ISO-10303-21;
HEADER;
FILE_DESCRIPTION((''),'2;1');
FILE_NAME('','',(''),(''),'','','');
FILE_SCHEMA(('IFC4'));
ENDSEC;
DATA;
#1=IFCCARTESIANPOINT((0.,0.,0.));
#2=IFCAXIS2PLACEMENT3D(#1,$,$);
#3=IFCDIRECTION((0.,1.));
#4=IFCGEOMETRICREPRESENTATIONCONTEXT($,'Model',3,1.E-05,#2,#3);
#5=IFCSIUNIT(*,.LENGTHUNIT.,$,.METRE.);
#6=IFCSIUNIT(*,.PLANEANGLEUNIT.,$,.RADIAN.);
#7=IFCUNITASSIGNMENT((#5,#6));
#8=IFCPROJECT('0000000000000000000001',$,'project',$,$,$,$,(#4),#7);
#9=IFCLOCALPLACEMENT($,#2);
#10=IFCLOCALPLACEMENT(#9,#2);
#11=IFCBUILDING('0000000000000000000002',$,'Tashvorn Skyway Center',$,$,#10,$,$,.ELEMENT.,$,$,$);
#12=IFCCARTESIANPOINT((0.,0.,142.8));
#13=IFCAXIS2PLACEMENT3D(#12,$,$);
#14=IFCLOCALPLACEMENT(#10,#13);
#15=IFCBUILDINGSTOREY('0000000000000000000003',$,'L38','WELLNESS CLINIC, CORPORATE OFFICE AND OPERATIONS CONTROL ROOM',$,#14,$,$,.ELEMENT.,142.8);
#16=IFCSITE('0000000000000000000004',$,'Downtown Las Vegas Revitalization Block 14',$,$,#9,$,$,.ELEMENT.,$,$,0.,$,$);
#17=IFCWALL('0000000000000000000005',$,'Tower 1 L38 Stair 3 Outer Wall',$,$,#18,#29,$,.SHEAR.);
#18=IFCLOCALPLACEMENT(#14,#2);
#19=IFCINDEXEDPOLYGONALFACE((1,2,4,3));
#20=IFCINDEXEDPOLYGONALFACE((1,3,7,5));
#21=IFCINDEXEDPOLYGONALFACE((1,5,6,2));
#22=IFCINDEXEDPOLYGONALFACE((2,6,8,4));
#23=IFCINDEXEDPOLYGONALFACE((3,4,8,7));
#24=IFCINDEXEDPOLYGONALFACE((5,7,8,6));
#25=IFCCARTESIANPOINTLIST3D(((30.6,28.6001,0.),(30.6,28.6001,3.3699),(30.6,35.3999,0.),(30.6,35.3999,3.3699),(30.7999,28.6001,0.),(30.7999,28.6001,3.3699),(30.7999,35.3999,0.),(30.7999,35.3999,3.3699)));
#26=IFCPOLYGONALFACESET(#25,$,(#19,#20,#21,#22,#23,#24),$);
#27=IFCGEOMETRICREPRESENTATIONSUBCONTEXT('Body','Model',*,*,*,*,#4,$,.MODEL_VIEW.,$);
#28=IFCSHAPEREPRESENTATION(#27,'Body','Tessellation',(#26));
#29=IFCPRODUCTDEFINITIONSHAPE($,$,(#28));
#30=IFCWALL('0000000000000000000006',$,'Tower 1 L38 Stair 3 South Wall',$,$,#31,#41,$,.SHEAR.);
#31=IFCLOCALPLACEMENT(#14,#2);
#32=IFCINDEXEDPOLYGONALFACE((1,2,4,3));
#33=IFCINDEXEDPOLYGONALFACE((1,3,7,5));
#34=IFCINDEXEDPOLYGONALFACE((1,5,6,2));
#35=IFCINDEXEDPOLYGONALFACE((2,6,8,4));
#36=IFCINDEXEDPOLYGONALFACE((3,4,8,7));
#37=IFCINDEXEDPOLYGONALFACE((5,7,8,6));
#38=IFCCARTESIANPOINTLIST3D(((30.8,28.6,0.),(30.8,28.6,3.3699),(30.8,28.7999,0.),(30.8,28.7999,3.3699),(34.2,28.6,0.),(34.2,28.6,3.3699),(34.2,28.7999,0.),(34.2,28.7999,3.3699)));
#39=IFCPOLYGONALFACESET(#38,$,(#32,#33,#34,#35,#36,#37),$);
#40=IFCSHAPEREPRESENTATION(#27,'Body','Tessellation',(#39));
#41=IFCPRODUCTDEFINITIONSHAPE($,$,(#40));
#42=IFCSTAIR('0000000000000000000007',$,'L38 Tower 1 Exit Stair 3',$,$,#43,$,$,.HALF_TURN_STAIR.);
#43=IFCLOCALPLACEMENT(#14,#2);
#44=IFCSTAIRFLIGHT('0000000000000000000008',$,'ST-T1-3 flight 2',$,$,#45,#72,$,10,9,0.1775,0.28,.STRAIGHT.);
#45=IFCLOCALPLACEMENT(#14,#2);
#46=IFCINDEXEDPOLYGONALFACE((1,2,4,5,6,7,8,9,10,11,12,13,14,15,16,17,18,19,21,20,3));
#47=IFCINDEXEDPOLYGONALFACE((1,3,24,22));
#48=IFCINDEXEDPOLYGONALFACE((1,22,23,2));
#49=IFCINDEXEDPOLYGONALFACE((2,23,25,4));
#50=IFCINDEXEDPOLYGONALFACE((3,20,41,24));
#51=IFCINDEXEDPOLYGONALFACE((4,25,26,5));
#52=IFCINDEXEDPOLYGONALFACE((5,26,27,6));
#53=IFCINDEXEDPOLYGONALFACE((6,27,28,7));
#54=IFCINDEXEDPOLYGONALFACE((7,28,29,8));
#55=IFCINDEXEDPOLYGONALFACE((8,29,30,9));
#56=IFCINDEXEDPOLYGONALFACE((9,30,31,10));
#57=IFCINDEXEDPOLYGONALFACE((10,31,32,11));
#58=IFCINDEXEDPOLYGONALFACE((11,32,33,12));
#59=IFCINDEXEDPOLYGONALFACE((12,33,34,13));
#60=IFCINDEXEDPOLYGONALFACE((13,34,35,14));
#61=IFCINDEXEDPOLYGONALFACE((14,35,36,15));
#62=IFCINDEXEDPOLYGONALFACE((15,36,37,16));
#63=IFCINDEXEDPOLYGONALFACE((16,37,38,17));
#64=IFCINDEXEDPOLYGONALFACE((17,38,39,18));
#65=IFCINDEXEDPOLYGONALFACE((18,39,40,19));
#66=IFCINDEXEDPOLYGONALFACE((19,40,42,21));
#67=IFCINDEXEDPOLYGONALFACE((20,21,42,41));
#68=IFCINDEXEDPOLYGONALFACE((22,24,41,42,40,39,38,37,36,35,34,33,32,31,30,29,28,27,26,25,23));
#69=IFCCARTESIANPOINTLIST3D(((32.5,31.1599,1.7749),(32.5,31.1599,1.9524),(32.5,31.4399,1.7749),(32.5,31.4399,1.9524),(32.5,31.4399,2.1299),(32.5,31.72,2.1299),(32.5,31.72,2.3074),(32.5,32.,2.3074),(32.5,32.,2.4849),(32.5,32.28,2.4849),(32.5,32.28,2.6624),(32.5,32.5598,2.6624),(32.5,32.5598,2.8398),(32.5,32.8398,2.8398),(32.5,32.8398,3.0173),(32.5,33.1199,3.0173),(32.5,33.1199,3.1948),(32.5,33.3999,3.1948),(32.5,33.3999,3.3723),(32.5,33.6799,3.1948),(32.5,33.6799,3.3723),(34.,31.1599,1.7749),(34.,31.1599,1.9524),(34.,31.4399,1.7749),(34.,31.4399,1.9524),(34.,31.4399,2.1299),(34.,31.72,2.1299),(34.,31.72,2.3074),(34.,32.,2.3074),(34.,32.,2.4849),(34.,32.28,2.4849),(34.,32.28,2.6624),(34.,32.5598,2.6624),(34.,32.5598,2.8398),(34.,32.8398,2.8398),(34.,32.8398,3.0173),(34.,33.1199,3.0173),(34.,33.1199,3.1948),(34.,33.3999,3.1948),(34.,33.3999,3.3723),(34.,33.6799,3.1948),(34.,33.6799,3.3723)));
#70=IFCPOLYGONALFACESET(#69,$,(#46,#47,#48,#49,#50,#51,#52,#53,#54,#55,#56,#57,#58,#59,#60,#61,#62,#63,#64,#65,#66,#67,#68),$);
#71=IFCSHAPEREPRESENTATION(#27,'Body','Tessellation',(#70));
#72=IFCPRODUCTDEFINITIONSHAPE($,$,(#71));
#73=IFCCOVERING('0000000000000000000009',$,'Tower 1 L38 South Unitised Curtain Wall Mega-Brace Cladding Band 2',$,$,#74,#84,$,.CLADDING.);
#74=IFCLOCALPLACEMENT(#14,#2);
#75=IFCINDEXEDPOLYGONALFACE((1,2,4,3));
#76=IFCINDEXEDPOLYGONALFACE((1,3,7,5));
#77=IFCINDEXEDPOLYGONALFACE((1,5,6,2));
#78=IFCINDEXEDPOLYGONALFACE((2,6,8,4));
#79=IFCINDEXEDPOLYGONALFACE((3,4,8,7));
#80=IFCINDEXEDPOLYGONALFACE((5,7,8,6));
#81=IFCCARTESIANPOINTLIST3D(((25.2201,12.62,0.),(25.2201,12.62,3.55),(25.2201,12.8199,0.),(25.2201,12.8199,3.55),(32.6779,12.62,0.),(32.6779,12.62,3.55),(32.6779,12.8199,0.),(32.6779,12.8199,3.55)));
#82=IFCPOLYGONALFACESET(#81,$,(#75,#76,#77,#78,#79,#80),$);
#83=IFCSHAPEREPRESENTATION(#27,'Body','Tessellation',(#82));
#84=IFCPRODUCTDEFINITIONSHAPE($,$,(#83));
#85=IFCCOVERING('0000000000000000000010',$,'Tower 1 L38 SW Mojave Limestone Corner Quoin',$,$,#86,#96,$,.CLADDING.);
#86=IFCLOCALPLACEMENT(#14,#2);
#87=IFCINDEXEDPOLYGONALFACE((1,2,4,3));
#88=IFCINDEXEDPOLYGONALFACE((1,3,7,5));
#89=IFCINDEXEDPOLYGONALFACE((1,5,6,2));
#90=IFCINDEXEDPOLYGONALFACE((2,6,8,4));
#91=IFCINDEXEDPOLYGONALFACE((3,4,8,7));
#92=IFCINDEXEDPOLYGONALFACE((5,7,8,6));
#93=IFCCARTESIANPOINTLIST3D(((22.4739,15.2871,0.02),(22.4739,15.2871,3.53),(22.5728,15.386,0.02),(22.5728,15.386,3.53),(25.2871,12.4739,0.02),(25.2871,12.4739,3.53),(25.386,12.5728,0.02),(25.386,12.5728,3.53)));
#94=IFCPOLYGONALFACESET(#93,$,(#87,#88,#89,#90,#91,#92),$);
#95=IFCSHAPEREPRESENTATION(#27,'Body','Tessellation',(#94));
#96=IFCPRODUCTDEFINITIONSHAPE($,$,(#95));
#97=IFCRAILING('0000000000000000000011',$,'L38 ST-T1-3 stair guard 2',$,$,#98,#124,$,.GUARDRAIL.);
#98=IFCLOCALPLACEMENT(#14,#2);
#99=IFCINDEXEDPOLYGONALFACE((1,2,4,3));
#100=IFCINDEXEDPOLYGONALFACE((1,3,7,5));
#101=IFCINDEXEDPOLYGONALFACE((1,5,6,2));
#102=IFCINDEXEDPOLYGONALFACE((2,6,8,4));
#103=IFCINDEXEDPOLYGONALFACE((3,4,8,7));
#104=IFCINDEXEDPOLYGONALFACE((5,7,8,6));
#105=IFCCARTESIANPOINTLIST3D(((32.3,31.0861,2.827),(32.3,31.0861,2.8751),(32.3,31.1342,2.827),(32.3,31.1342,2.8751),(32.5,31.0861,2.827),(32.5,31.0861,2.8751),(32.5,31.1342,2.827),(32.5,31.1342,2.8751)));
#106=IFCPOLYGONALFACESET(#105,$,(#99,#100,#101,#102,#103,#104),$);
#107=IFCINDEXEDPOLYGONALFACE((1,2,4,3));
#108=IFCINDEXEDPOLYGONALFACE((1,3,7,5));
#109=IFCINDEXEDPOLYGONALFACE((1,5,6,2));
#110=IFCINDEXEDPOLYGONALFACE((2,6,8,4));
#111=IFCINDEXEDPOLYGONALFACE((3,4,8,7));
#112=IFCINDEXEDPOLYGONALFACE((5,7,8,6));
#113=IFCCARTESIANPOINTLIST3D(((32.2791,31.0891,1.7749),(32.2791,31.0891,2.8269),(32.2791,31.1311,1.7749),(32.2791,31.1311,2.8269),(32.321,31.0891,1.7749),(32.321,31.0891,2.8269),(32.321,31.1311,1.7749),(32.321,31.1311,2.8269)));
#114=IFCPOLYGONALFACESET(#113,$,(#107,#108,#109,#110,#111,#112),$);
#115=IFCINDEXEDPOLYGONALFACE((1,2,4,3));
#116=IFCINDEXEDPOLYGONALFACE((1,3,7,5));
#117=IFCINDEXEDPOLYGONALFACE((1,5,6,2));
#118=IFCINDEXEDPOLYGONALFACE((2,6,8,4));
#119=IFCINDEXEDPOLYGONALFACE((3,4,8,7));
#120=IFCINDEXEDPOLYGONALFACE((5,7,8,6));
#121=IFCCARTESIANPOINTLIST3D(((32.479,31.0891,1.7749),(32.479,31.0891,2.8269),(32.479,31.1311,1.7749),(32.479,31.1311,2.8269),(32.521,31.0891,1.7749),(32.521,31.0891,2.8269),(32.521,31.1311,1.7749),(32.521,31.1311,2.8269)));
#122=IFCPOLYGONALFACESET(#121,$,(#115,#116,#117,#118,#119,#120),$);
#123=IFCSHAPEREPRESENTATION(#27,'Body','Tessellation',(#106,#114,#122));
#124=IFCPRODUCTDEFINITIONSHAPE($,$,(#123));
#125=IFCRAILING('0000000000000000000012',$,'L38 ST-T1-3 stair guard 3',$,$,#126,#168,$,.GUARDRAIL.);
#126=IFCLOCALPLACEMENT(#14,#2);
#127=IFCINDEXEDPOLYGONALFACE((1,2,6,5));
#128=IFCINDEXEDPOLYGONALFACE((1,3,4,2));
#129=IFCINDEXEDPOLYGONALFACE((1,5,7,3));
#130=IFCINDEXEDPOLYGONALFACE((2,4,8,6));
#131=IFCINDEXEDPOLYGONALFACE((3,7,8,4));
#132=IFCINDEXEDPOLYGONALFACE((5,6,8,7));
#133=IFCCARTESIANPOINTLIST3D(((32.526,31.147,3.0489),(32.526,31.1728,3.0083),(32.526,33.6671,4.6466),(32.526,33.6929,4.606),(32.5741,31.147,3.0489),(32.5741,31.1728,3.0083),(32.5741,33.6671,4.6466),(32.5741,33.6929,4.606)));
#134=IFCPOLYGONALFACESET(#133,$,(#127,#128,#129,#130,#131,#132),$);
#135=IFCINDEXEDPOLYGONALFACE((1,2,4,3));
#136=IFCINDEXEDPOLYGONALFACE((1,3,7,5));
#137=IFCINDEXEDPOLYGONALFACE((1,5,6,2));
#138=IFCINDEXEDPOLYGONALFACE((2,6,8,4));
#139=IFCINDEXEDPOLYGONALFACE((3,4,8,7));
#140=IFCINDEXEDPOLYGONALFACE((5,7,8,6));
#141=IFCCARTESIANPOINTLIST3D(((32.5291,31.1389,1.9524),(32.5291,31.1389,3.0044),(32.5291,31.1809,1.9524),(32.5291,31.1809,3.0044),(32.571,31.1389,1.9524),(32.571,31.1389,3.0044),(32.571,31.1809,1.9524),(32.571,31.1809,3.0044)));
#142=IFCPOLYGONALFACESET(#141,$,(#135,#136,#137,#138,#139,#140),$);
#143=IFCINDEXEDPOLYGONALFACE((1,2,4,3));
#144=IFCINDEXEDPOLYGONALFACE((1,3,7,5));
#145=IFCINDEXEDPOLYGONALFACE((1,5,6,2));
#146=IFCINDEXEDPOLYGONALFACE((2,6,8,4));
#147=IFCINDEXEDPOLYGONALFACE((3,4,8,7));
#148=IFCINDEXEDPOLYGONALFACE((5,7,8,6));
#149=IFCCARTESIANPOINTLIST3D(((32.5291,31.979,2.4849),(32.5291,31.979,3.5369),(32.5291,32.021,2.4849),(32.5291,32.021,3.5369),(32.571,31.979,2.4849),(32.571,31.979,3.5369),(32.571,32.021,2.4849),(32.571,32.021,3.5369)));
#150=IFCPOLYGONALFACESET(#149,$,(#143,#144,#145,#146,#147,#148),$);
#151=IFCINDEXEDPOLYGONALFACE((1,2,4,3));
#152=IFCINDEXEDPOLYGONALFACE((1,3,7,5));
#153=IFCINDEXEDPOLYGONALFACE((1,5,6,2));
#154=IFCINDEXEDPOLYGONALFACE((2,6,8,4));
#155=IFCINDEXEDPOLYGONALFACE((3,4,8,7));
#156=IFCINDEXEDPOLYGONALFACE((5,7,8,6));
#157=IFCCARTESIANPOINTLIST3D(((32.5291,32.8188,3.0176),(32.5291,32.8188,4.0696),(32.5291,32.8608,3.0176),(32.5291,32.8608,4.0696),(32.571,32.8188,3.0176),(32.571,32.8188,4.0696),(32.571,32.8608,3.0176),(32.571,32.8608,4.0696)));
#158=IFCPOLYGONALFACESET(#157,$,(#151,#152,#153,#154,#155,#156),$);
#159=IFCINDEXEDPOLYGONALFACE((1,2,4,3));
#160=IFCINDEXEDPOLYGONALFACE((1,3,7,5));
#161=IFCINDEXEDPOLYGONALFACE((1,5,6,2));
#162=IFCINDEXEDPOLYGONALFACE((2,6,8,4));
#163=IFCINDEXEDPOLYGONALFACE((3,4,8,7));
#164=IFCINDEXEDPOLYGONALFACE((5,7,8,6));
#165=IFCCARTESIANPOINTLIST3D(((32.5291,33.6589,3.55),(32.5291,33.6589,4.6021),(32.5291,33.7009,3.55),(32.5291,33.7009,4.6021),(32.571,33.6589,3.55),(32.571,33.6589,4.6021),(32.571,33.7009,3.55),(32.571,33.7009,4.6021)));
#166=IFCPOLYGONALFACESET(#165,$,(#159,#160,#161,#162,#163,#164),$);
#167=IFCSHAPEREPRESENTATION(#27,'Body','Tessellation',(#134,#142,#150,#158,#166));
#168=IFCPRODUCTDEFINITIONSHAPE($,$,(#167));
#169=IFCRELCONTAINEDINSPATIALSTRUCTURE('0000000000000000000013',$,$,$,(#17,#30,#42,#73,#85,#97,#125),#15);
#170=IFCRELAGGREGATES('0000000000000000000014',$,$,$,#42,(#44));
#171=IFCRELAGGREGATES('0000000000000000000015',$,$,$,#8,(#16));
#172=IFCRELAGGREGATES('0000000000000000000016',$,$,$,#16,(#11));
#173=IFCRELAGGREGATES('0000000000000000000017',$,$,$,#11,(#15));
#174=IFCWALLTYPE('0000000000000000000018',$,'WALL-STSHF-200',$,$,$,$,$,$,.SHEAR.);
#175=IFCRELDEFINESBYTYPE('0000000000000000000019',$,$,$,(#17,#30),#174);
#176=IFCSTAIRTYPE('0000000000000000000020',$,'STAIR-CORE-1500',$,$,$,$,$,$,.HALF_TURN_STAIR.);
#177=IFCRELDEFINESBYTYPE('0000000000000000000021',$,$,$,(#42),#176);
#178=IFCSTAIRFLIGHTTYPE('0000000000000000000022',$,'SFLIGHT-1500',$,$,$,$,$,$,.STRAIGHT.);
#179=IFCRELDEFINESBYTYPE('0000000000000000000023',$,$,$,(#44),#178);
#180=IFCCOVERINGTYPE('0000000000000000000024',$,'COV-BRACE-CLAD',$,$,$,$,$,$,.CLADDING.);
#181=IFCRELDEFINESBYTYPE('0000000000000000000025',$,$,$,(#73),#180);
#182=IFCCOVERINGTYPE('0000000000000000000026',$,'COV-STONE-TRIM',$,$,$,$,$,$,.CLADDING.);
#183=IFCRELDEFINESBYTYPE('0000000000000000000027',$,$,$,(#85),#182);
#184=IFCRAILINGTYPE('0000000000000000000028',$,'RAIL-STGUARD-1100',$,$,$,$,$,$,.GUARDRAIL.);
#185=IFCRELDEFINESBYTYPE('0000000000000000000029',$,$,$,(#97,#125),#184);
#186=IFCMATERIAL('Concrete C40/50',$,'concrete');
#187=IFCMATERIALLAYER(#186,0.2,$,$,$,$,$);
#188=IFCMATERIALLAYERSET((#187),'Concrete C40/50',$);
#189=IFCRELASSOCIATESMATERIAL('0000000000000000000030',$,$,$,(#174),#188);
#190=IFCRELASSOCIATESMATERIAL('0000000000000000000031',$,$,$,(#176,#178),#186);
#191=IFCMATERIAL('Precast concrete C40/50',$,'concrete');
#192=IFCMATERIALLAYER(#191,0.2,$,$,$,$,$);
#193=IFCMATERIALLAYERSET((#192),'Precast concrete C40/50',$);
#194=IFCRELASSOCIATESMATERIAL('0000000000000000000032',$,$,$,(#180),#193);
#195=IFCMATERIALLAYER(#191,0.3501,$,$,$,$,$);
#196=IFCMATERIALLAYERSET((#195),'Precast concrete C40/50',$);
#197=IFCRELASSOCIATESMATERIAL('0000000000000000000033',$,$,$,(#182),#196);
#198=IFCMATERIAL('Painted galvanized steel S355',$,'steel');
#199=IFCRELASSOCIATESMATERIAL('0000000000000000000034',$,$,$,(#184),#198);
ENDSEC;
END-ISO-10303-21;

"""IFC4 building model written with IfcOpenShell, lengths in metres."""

from ifc_helpers import new_model, si_unit, direction, frame, frame_2d, origin, origin_2d, place, context, subcontext, project, spatial, polyline, rectangle, outline, extrude, material, layer, layer_set, type_object, element, aggregate, save


model = new_model("IFC4")

# Units and contexts
model_context = context("Model", 3, precision=1e-05, world=origin(), true_north=direction((0.0, 1.0)))
body_context = subcontext(model_context, "Body", "Model", "MODEL_VIEW")
ifc_project = project(units=[si_unit("LENGTHUNIT", "METRE"), si_unit("PLANEANGLEUNIT", "RADIAN")], contexts=[model_context])

# Site, building, storey
site_placement = place(None, origin())
site = spatial("IfcSite", under=ifc_project, at=site_placement, Name="Downtown Las Vegas Revitalization Block 14", CompositionType="ELEMENT", RefElevation=0.0)
building_placement = place(site_placement, origin())
building = spatial("IfcBuilding", under=site, at=building_placement, Name="Tashvorn Skyway Center", CompositionType="ELEMENT")
storey_placement = place(building_placement, frame((0.0, 0.0, 142.8)))
storey = spatial("IfcBuildingStorey", under=building, at=storey_placement, Name="L38", Description="WELLNESS CLINIC, CORPORATE OFFICE AND OPERATIONS CONTROL ROOM", CompositionType="ELEMENT", Elevation=142.8)

# Walls
ifc_material_1 = material(Name="Precast concrete C40/50", Category="concrete")
ifc_material_2 = material(Name="Concrete C40/50", Category="concrete")
ifc_layer_1 = layer(ifc_material_2, 0.2)
ifc_layer_set_1 = layer_set([ifc_layer_1], Name="Concrete C40/50")
wall_type_1 = type_object("IfcWallType", Name="WALL-STSHF-200", PredefinedType="SHEAR", material=ifc_layer_set_1)
wall_1_placement = place(storey_placement, frame((30.7, 28.6001, 0.0), z_axis=(0.0, 0.0, 1.0), x_axis=(0.0, 1.0, 0.0)))
element("IfcWall", 1, at=wall_1_placement, inside=storey, type_object=wall_type_1, Name="Tower 1 L38 Stair 3 Outer Wall", PredefinedType="SHEAR", context=body_context, shape_type="SweptSolid", body=[
    extrude(rectangle(XDim=6.7998, YDim=0.2, at=frame_2d((3.3999, 0.0))), origin(), (0.0, 0.0, 1.0), 3.3699),
])
wall_2_placement = place(storey_placement, frame((30.8, 28.7, 0.0), z_axis=(0.0, 0.0, 1.0), x_axis=(1.0, 0.0, 0.0)))
element("IfcWall", 2, at=wall_2_placement, inside=storey, type_object=wall_type_1, Name="Tower 1 L38 Stair 3 South Wall", PredefinedType="SHEAR", context=body_context, shape_type="SweptSolid", body=[
    extrude(rectangle(XDim=3.3999, YDim=0.2, at=frame_2d((1.7, 0.0))), origin(), (0.0, 0.0, 1.0), 3.3699),
])

# Stair, stair flight
stair_type = type_object("IfcStairType", Name="STAIR-CORE-1500", PredefinedType="HALF_TURN_STAIR", material=ifc_material_2)
stair_placement = place(storey_placement, origin())
stair = element("IfcStair", 3, at=stair_placement, inside=storey, type_object=stair_type, Name="L38 Tower 1 Exit Stair 3", PredefinedType="HALF_TURN_STAIR")
stair_flight_type = type_object("IfcStairFlightType", Name="SFLIGHT-1500", PredefinedType="STRAIGHT", material=ifc_material_2)
stair_flight_placement = place(storey_placement, frame((33.25, 31.1599, 1.7749), z_axis=(0.0, 0.0, 1.0), x_axis=(0.0, 1.0, 0.0)))
stair_flight = element("IfcStairFlight", 4, at=stair_flight_placement, type_object=stair_flight_type, Name="ST-T1-3 flight 2", NumberOfRisers=10, NumberOfTreads=9, PredefinedType="STRAIGHT", RiserHeight=0.1775, TreadLength=0.28, context=body_context, shape_type="SweptSolid", body=[
    extrude(outline(polyline([(0.0, 0.0), (0.0, 0.1775), (0.28, 0.1775), (0.28, 0.355), (0.5601, 0.355), (0.5601, 0.5325), (0.8401, 0.5325), (0.8401, 0.71), (1.1201, 0.71), (1.1201, 0.8875), (1.3999, 0.8875), (1.3999, 1.0649), (1.6799, 1.0649), (1.6799, 1.2424), (1.96, 1.2424), (1.96, 1.4199), (2.24, 1.4199), (2.24, 1.5974), (2.52, 1.5974), (2.52, 1.7749), (2.52, 1.4199), (0.28, 0.0), (0.0, 0.0)])), frame((0.0, 0.75, 0.0), z_axis=(0.0, -1.0, 0.0), x_axis=(1.0, 0.0, 0.0)), (0.0, 0.0, 1.0), 1.5),
])
aggregate(stair, [stair_flight])

# Coverings
ifc_layer_2 = layer(ifc_material_1, 0.2)
ifc_layer_set_2 = layer_set([ifc_layer_2], Name="Precast concrete C40/50")
covering_type_1 = type_object("IfcCoveringType", Name="COV-BRACE-CLAD", PredefinedType="CLADDING", material=ifc_layer_set_2)
covering_1_placement = place(storey_placement, frame((28.949, 12.72, 0.0), z_axis=(0.0, 0.0, 1.0), x_axis=(-1.0, 0.0, 0.0)))
element("IfcCovering", 5, at=covering_1_placement, inside=storey, type_object=covering_type_1, Name="Tower 1 L38 South Unitised Curtain Wall Mega-Brace Cladding Band 2", PredefinedType="CLADDING", context=body_context, shape_type="SweptSolid", body=[
    extrude(rectangle(XDim=7.4578, YDim=0.2, at=origin_2d()), origin(), (0.0, 0.0, 1.0), 3.55),
])
ifc_layer_3 = layer(ifc_material_1, 0.3501)
ifc_layer_set_3 = layer_set([ifc_layer_3], Name="Precast concrete C40/50")
covering_type_2 = type_object("IfcCoveringType", Name="COV-STONE-TRIM", PredefinedType="CLADDING", material=ifc_layer_set_3)
covering_2_placement = place(storey_placement, frame((23.9299, 13.9299, 0.02), z_axis=(0.0, 0.0, 1.0), x_axis=(-0.707107, 0.707107, 0.0)))
element("IfcCovering", 6, at=covering_2_placement, inside=storey, type_object=covering_type_2, Name="Tower 1 L38 SW Mojave Limestone Corner Quoin", PredefinedType="CLADDING", context=body_context, shape_type="SweptSolid", body=[
    extrude(rectangle(XDim=3.9785, YDim=0.1399, at=origin_2d()), origin(), (0.0, 0.0, 1.0), 3.51),
])

# Railings
ifc_material_3 = material(Name="Painted galvanized steel S355", Category="steel")
railing_type = type_object("IfcRailingType", Name="RAIL-STGUARD-1100", PredefinedType="GUARDRAIL", material=ifc_material_3)
railing_1_placement = place(storey_placement, frame((32.3, 31.1101, 1.7749)))
element("IfcRailing", 7, at=railing_1_placement, inside=storey, type_object=railing_type, Name="L38 ST-T1-3 stair guard 2", PredefinedType="GUARDRAIL", context=body_context, shape_type="SweptSolid", body=[
    extrude(rectangle(XDim=0.0481, YDim=0.0481, at=origin_2d()), frame((0.0, 0.0, 1.0762), z_axis=(1.0, 0.0, 0.0), x_axis=(0.0, 1.0, 0.0)), (0.0, 0.0, 1.0), 0.2),
    extrude(rectangle(XDim=0.042, YDim=0.042, at=origin_2d()), origin(), (0.0, 0.0, 1.0), 1.052),
    extrude(rectangle(XDim=0.042, YDim=0.042, at=origin_2d()), frame((0.2, 0.0, 0.0)), (0.0, 0.0, 1.0), 1.052),
])
railing_2_placement = place(storey_placement, frame((32.55, 31.1599, 1.9524)))
element("IfcRailing", 8, at=railing_2_placement, inside=storey, type_object=railing_type, Name="L38 ST-T1-3 stair guard 3", PredefinedType="GUARDRAIL", context=body_context, shape_type="SweptSolid", body=[
    extrude(rectangle(XDim=0.0481, YDim=0.0481, at=origin_2d()), frame((0.0, 0.0, 1.0762), z_axis=(0.0, 0.84457, 0.535445), x_axis=(-1.0, 0.0, 0.0)), (0.0, 0.0, 1.0), 2.9839),
    extrude(rectangle(XDim=0.042, YDim=0.042, at=origin_2d()), origin(), (0.0, 0.0, 1.0), 1.052),
    extrude(rectangle(XDim=0.042, YDim=0.042, at=origin_2d()), frame((0.0, 0.8401, 0.5325)), (0.0, 0.0, 1.0), 1.052),
    extrude(rectangle(XDim=0.042, YDim=0.042, at=origin_2d()), frame((0.0, 1.6799, 1.0652)), (0.0, 0.0, 1.0), 1.052),
    extrude(rectangle(XDim=0.042, YDim=0.042, at=origin_2d()), frame((0.0, 2.52, 1.5977)), (0.0, 0.0, 1.0), 1.052),
])

save(model, "model.ifc")
